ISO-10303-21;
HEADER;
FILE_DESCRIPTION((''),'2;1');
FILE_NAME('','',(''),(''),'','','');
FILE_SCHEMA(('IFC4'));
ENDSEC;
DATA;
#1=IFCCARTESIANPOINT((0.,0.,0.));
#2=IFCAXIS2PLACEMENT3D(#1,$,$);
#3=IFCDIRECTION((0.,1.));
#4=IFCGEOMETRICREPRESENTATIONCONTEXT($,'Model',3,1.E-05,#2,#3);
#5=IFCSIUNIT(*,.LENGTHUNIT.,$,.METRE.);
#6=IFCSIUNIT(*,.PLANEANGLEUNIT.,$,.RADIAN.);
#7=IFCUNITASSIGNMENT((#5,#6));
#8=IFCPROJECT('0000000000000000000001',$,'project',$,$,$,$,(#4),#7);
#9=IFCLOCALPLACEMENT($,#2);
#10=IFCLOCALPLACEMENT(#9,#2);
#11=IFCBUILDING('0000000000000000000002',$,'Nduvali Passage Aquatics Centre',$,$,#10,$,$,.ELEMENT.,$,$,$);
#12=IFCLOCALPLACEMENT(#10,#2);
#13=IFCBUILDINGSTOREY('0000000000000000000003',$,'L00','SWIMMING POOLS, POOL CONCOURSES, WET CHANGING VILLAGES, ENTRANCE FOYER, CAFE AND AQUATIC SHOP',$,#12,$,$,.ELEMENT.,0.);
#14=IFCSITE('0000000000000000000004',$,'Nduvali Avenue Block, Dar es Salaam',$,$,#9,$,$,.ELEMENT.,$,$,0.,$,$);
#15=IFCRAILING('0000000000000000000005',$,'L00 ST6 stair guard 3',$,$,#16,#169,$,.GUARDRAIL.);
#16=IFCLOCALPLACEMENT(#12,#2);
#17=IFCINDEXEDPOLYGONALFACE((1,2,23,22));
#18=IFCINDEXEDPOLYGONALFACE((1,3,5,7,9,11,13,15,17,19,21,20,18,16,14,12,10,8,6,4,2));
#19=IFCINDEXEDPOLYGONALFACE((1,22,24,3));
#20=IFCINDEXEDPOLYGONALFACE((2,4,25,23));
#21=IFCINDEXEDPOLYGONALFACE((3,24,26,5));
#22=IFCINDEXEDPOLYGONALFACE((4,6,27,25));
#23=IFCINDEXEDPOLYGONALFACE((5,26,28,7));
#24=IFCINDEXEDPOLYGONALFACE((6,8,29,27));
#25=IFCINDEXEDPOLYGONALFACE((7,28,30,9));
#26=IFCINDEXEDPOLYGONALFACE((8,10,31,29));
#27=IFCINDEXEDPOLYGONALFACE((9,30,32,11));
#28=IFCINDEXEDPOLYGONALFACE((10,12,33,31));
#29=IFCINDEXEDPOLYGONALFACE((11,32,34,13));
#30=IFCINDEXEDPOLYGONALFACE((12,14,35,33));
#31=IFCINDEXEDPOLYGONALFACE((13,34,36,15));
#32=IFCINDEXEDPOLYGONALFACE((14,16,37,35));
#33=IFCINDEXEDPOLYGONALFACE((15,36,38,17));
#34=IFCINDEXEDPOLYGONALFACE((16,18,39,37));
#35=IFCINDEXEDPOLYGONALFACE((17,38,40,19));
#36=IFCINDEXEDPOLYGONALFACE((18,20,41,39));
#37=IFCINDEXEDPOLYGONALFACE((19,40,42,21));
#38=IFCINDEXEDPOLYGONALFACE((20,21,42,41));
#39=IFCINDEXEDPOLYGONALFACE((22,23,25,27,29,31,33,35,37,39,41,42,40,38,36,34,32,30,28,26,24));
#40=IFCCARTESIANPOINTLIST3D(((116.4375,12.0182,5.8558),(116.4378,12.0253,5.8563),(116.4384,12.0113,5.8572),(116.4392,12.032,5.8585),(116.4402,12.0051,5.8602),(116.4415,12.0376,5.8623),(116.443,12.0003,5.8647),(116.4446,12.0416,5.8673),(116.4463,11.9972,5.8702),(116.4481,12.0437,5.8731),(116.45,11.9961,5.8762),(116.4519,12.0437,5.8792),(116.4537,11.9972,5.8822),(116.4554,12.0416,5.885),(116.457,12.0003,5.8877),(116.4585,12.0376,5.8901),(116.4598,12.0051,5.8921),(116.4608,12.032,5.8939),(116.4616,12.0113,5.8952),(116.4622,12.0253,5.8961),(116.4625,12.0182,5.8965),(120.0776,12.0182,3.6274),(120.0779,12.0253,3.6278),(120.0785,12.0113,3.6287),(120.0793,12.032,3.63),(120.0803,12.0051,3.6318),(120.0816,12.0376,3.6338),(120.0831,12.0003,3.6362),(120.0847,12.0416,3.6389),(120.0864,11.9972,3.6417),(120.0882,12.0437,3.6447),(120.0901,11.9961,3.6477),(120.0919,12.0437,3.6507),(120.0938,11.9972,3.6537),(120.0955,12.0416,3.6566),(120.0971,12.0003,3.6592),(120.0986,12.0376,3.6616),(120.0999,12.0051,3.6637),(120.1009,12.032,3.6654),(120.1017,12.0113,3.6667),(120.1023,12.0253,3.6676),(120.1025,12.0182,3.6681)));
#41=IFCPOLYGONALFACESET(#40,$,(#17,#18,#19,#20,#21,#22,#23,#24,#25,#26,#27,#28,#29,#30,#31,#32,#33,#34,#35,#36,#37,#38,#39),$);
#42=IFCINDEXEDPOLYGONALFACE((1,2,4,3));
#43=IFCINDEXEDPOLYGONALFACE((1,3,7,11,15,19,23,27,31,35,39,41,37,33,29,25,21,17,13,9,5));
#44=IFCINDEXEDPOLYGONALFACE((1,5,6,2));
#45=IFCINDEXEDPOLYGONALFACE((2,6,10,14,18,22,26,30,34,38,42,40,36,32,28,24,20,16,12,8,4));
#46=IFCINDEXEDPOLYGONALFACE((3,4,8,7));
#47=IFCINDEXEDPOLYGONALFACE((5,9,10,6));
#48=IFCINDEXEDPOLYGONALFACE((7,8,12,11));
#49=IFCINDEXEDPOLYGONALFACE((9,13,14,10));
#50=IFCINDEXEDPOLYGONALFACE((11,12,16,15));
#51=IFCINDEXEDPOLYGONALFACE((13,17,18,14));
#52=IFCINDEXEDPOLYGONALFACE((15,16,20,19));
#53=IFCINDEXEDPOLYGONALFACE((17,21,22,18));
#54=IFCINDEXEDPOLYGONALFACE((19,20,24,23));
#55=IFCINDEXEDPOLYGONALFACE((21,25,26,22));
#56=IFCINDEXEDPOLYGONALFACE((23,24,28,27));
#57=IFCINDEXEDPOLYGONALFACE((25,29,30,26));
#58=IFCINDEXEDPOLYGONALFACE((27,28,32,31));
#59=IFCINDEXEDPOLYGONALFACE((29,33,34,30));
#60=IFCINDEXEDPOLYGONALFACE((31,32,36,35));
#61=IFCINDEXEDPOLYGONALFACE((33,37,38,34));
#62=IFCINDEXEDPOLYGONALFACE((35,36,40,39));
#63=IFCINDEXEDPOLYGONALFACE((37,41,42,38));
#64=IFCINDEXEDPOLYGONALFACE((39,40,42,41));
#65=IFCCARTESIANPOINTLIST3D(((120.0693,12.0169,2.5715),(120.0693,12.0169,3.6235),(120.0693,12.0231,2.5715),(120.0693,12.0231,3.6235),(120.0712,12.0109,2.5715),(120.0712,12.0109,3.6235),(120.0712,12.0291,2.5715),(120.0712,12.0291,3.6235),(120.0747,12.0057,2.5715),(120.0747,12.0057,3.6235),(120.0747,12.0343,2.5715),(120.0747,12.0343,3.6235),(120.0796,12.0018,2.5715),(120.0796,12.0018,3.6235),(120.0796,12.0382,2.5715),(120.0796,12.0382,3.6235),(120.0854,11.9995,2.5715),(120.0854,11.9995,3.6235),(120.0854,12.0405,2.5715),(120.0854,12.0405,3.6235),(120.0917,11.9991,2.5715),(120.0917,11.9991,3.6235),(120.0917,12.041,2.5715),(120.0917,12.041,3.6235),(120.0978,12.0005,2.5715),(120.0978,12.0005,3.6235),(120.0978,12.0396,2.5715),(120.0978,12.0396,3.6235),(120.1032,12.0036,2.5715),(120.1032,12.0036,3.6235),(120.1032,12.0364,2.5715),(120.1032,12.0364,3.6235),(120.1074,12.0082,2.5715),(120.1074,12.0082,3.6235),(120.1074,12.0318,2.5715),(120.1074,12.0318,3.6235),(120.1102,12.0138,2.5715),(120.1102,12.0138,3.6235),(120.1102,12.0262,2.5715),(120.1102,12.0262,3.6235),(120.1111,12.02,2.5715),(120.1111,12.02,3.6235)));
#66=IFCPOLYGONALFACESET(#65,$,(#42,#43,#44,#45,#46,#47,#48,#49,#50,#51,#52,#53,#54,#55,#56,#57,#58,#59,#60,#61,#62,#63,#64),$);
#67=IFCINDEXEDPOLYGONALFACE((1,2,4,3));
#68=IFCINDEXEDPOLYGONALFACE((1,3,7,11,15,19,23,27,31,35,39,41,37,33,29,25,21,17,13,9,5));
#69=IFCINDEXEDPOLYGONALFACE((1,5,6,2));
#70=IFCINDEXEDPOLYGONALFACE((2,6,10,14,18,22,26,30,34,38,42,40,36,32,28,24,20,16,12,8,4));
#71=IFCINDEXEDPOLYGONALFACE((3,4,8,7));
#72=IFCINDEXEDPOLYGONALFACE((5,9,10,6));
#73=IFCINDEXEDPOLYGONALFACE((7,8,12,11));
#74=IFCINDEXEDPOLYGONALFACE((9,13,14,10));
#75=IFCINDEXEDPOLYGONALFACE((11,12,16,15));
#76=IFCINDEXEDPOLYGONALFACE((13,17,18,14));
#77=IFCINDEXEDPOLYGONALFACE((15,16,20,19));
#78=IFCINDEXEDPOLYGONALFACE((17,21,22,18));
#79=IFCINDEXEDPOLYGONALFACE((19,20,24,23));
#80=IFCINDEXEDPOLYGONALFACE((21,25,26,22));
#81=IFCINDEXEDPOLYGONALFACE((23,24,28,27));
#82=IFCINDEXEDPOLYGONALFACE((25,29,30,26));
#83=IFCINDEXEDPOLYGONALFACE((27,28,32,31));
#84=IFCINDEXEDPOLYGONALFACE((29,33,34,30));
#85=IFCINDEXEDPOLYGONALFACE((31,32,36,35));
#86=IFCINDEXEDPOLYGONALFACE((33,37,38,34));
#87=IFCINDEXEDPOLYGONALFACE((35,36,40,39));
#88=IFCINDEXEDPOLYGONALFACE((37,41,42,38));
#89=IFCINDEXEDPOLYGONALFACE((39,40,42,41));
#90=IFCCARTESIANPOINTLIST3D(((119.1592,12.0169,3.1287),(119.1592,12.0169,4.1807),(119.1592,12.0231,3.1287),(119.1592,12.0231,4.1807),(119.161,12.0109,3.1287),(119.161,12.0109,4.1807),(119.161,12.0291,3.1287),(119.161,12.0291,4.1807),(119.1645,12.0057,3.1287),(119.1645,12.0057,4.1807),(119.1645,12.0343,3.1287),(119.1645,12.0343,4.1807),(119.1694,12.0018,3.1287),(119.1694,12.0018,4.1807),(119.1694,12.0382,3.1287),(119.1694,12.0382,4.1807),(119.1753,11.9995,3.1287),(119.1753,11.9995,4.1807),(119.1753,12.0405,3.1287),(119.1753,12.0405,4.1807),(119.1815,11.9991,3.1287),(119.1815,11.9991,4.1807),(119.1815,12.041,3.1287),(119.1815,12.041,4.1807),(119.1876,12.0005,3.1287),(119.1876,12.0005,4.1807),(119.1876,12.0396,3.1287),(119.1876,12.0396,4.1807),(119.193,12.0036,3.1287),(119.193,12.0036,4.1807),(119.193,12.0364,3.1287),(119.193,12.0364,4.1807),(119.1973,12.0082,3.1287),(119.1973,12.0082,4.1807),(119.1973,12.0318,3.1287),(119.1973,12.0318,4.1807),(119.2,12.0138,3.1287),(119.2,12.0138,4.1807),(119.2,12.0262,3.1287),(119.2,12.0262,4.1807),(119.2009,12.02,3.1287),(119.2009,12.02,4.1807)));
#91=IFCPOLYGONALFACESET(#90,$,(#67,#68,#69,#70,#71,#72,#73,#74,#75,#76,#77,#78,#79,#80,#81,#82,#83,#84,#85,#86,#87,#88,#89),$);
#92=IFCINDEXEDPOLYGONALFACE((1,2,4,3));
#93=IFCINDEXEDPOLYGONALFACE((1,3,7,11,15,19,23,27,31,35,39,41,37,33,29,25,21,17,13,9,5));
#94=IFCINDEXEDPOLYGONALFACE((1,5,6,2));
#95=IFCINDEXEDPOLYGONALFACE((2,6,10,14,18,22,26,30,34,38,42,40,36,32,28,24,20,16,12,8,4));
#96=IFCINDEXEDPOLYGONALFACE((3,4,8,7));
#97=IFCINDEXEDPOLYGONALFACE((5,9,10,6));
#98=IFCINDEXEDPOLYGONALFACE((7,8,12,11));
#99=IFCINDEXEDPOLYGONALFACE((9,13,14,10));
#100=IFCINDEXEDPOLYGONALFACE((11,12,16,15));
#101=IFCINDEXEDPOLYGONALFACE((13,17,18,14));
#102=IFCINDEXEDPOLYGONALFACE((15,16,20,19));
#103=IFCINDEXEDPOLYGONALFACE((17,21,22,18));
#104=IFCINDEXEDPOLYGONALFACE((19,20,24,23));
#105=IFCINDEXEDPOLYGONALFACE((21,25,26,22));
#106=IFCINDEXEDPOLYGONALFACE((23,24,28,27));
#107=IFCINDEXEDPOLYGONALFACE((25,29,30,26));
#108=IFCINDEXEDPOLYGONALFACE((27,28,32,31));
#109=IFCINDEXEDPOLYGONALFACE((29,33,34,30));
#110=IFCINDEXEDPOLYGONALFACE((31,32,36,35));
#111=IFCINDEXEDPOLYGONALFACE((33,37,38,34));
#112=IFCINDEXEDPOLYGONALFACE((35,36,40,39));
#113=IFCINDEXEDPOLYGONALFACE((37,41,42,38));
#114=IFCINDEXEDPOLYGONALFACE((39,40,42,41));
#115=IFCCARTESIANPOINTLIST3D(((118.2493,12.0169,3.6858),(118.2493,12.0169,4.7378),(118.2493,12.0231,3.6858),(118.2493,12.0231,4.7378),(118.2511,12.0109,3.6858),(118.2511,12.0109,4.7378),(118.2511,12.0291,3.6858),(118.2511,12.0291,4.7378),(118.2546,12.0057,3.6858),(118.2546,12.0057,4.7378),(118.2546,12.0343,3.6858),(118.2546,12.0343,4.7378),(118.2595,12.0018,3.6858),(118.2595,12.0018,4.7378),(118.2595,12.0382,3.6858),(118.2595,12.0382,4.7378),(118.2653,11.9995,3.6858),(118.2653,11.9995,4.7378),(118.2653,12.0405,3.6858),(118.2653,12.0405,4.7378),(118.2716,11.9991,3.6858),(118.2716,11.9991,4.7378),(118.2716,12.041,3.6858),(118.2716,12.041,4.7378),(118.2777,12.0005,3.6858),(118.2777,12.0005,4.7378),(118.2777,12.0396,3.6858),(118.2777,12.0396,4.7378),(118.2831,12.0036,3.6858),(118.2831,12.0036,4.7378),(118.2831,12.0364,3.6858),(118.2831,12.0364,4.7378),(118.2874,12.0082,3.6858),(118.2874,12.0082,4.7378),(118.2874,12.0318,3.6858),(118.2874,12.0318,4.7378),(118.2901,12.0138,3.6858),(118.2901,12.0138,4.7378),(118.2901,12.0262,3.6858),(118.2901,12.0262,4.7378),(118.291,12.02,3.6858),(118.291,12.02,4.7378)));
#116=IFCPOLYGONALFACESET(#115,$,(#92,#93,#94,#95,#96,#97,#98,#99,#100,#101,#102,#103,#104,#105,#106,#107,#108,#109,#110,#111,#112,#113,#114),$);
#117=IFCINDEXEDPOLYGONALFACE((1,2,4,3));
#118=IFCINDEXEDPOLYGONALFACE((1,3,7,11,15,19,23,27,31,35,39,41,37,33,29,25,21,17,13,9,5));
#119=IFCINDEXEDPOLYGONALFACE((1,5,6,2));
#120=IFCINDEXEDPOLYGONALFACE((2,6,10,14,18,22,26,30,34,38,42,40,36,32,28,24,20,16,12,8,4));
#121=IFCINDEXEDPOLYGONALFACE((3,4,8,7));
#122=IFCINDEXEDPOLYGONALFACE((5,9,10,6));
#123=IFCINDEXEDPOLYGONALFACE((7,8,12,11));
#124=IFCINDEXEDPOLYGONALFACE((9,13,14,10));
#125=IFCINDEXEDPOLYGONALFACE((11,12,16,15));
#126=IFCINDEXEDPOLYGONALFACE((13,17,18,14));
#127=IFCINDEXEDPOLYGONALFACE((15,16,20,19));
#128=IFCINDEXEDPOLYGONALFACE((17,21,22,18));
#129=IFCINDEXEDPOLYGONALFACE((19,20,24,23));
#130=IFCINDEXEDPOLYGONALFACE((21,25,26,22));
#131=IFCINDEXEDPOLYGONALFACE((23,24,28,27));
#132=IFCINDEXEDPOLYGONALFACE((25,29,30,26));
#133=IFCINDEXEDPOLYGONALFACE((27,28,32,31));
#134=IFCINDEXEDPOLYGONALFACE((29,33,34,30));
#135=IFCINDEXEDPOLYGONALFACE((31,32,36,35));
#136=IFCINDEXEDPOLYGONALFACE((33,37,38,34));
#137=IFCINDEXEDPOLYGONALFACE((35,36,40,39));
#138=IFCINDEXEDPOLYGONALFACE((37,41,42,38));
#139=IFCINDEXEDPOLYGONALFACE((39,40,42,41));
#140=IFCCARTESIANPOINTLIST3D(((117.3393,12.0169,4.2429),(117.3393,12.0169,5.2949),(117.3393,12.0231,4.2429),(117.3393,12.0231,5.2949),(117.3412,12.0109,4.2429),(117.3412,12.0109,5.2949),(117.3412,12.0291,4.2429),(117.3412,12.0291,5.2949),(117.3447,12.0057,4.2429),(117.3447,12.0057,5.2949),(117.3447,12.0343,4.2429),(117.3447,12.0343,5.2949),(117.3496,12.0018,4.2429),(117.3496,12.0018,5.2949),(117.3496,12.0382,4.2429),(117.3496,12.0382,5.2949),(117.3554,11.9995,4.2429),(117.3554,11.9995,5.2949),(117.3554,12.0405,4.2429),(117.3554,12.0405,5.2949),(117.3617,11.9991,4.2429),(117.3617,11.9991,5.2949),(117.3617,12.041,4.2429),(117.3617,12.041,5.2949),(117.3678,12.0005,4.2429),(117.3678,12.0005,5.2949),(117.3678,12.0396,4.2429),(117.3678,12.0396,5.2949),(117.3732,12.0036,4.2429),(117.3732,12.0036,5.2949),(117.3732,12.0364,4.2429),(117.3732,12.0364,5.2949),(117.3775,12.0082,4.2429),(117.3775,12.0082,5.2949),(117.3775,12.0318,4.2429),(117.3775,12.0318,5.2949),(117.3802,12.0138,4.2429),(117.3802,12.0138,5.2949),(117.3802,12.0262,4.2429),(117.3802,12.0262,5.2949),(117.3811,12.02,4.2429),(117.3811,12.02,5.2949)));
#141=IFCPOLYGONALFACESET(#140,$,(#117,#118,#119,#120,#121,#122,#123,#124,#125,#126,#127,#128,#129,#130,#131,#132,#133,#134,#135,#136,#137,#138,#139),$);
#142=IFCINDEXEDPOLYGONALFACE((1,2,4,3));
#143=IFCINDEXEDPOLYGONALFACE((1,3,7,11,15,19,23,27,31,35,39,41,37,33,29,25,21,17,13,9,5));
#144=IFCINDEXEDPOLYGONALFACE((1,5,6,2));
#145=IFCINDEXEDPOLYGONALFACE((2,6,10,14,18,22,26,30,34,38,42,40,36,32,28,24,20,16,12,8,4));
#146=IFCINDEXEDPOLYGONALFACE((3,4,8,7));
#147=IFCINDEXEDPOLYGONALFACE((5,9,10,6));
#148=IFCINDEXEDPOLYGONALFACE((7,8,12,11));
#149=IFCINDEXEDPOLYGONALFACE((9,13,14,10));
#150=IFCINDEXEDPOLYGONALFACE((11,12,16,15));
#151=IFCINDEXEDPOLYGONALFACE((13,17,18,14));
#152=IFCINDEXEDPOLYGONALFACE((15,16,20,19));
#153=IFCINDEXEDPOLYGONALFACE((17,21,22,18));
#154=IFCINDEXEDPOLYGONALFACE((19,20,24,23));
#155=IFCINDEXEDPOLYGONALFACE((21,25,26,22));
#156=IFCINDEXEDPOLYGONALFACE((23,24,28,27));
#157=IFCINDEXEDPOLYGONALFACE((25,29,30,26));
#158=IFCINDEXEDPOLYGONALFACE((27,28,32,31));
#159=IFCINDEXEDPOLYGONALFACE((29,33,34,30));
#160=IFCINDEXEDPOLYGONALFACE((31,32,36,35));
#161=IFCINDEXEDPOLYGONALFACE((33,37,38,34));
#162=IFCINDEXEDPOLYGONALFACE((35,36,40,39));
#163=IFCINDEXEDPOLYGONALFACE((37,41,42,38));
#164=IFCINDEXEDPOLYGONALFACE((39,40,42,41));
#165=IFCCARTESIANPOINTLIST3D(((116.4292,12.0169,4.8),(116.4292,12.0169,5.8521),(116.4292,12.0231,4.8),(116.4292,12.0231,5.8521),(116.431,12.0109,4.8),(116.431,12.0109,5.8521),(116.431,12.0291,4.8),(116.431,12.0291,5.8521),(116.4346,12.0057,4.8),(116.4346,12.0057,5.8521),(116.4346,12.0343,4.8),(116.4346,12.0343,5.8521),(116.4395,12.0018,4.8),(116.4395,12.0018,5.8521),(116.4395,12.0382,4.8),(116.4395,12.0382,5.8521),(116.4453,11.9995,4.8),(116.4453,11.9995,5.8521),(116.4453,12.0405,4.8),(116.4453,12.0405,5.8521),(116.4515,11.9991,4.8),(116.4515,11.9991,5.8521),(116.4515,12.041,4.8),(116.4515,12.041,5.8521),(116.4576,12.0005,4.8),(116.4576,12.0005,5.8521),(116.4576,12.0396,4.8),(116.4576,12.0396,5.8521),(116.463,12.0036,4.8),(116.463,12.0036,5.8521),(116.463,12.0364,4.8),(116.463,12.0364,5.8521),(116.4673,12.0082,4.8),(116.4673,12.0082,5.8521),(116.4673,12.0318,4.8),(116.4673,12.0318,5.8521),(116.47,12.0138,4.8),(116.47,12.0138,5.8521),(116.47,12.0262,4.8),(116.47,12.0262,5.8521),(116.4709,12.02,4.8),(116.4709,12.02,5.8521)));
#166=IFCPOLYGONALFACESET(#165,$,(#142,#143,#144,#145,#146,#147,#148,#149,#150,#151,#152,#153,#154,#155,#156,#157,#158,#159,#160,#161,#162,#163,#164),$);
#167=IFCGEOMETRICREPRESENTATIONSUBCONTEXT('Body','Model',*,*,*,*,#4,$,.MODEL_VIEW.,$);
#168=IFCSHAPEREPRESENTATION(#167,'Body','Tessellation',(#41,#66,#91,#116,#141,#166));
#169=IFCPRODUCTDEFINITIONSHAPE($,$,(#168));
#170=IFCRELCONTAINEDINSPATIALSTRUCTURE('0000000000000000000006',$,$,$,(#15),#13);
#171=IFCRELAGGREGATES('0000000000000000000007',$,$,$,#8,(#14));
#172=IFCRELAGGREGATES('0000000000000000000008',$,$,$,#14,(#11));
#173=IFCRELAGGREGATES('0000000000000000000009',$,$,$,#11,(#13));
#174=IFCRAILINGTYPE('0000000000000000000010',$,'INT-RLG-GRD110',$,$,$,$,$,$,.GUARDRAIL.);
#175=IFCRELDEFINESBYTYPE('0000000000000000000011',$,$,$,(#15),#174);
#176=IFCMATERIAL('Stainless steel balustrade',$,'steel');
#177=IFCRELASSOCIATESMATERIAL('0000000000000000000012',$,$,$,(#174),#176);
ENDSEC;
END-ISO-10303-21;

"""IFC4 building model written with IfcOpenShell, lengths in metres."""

from ifc_helpers import new_model, si_unit, direction, frame, origin, origin_2d, place, context, subcontext, project, spatial, circle, extrude, material, type_object, element, save


model = new_model("IFC4")

# Units and contexts
model_context = context("Model", 3, precision=1e-05, world=origin(), true_north=direction((0.0, 1.0)))
body_context = subcontext(model_context, "Body", "Model", "MODEL_VIEW")
ifc_project = project(units=[si_unit("LENGTHUNIT", "METRE"), si_unit("PLANEANGLEUNIT", "RADIAN")], contexts=[model_context])

# Site, building, storey
site_placement = place(None, origin())
site = spatial("IfcSite", under=ifc_project, at=site_placement, Name="Nduvali Avenue Block, Dar es Salaam", CompositionType="ELEMENT", RefElevation=0.0)
building_placement = place(site_placement, origin())
building = spatial("IfcBuilding", under=site, at=building_placement, Name="Nduvali Passage Aquatics Centre", CompositionType="ELEMENT")
storey_placement = place(building_placement, origin())
storey = spatial("IfcBuildingStorey", under=building, at=storey_placement, Name="L00", Description="SWIMMING POOLS, POOL CONCOURSES, WET CHANGING VILLAGES, ENTRANCE FOYER, CAFE AND AQUATIC SHOP", CompositionType="ELEMENT", Elevation=0.0)

# Railing
ifc_material_1 = material(Name="Stainless steel balustrade", Category="steel")
railing_type_1 = type_object("IfcRailingType", Name="INT-RLG-GRD110", PredefinedType="GUARDRAIL", material=ifc_material_1)
railing_1_placement = place(storey_placement, frame((120.0901, 12.02, 2.5715)))
element("IfcRailing", 1, at=railing_1_placement, inside=storey, type_object=railing_type_1, Name="L00 ST6 stair guard 3", PredefinedType="GUARDRAIL", context=body_context, shape_type="SweptSolid", body=[
    extrude(circle(Radius=0.0239, at=origin_2d()), frame((0.0, 0.0, 1.0762), z_axis=(-0.852866, 0.0, 0.52213), x_axis=(0.0, -1.0, 0.0)), (0.0, 0.0, 1.0), 4.2681),
    extrude(circle(Radius=0.021, at=origin_2d()), origin(), (0.0, 0.0, 1.0), 1.052),
    extrude(circle(Radius=0.021, at=origin_2d()), frame((-0.9102, 0.0, 0.5571)), (0.0, 0.0, 1.0), 1.052),
    extrude(circle(Radius=0.021, at=origin_2d()), frame((-1.8201, 0.0, 1.1143)), (0.0, 0.0, 1.0), 1.052),
    extrude(circle(Radius=0.021, at=origin_2d()), frame((-2.73, 0.0, 1.6714)), (0.0, 0.0, 1.0), 1.052),
    extrude(circle(Radius=0.021, at=origin_2d()), frame((-3.6401, 0.0, 2.2285)), (0.0, 0.0, 1.0), 1.052),
])

save(model, "model.ifc")
